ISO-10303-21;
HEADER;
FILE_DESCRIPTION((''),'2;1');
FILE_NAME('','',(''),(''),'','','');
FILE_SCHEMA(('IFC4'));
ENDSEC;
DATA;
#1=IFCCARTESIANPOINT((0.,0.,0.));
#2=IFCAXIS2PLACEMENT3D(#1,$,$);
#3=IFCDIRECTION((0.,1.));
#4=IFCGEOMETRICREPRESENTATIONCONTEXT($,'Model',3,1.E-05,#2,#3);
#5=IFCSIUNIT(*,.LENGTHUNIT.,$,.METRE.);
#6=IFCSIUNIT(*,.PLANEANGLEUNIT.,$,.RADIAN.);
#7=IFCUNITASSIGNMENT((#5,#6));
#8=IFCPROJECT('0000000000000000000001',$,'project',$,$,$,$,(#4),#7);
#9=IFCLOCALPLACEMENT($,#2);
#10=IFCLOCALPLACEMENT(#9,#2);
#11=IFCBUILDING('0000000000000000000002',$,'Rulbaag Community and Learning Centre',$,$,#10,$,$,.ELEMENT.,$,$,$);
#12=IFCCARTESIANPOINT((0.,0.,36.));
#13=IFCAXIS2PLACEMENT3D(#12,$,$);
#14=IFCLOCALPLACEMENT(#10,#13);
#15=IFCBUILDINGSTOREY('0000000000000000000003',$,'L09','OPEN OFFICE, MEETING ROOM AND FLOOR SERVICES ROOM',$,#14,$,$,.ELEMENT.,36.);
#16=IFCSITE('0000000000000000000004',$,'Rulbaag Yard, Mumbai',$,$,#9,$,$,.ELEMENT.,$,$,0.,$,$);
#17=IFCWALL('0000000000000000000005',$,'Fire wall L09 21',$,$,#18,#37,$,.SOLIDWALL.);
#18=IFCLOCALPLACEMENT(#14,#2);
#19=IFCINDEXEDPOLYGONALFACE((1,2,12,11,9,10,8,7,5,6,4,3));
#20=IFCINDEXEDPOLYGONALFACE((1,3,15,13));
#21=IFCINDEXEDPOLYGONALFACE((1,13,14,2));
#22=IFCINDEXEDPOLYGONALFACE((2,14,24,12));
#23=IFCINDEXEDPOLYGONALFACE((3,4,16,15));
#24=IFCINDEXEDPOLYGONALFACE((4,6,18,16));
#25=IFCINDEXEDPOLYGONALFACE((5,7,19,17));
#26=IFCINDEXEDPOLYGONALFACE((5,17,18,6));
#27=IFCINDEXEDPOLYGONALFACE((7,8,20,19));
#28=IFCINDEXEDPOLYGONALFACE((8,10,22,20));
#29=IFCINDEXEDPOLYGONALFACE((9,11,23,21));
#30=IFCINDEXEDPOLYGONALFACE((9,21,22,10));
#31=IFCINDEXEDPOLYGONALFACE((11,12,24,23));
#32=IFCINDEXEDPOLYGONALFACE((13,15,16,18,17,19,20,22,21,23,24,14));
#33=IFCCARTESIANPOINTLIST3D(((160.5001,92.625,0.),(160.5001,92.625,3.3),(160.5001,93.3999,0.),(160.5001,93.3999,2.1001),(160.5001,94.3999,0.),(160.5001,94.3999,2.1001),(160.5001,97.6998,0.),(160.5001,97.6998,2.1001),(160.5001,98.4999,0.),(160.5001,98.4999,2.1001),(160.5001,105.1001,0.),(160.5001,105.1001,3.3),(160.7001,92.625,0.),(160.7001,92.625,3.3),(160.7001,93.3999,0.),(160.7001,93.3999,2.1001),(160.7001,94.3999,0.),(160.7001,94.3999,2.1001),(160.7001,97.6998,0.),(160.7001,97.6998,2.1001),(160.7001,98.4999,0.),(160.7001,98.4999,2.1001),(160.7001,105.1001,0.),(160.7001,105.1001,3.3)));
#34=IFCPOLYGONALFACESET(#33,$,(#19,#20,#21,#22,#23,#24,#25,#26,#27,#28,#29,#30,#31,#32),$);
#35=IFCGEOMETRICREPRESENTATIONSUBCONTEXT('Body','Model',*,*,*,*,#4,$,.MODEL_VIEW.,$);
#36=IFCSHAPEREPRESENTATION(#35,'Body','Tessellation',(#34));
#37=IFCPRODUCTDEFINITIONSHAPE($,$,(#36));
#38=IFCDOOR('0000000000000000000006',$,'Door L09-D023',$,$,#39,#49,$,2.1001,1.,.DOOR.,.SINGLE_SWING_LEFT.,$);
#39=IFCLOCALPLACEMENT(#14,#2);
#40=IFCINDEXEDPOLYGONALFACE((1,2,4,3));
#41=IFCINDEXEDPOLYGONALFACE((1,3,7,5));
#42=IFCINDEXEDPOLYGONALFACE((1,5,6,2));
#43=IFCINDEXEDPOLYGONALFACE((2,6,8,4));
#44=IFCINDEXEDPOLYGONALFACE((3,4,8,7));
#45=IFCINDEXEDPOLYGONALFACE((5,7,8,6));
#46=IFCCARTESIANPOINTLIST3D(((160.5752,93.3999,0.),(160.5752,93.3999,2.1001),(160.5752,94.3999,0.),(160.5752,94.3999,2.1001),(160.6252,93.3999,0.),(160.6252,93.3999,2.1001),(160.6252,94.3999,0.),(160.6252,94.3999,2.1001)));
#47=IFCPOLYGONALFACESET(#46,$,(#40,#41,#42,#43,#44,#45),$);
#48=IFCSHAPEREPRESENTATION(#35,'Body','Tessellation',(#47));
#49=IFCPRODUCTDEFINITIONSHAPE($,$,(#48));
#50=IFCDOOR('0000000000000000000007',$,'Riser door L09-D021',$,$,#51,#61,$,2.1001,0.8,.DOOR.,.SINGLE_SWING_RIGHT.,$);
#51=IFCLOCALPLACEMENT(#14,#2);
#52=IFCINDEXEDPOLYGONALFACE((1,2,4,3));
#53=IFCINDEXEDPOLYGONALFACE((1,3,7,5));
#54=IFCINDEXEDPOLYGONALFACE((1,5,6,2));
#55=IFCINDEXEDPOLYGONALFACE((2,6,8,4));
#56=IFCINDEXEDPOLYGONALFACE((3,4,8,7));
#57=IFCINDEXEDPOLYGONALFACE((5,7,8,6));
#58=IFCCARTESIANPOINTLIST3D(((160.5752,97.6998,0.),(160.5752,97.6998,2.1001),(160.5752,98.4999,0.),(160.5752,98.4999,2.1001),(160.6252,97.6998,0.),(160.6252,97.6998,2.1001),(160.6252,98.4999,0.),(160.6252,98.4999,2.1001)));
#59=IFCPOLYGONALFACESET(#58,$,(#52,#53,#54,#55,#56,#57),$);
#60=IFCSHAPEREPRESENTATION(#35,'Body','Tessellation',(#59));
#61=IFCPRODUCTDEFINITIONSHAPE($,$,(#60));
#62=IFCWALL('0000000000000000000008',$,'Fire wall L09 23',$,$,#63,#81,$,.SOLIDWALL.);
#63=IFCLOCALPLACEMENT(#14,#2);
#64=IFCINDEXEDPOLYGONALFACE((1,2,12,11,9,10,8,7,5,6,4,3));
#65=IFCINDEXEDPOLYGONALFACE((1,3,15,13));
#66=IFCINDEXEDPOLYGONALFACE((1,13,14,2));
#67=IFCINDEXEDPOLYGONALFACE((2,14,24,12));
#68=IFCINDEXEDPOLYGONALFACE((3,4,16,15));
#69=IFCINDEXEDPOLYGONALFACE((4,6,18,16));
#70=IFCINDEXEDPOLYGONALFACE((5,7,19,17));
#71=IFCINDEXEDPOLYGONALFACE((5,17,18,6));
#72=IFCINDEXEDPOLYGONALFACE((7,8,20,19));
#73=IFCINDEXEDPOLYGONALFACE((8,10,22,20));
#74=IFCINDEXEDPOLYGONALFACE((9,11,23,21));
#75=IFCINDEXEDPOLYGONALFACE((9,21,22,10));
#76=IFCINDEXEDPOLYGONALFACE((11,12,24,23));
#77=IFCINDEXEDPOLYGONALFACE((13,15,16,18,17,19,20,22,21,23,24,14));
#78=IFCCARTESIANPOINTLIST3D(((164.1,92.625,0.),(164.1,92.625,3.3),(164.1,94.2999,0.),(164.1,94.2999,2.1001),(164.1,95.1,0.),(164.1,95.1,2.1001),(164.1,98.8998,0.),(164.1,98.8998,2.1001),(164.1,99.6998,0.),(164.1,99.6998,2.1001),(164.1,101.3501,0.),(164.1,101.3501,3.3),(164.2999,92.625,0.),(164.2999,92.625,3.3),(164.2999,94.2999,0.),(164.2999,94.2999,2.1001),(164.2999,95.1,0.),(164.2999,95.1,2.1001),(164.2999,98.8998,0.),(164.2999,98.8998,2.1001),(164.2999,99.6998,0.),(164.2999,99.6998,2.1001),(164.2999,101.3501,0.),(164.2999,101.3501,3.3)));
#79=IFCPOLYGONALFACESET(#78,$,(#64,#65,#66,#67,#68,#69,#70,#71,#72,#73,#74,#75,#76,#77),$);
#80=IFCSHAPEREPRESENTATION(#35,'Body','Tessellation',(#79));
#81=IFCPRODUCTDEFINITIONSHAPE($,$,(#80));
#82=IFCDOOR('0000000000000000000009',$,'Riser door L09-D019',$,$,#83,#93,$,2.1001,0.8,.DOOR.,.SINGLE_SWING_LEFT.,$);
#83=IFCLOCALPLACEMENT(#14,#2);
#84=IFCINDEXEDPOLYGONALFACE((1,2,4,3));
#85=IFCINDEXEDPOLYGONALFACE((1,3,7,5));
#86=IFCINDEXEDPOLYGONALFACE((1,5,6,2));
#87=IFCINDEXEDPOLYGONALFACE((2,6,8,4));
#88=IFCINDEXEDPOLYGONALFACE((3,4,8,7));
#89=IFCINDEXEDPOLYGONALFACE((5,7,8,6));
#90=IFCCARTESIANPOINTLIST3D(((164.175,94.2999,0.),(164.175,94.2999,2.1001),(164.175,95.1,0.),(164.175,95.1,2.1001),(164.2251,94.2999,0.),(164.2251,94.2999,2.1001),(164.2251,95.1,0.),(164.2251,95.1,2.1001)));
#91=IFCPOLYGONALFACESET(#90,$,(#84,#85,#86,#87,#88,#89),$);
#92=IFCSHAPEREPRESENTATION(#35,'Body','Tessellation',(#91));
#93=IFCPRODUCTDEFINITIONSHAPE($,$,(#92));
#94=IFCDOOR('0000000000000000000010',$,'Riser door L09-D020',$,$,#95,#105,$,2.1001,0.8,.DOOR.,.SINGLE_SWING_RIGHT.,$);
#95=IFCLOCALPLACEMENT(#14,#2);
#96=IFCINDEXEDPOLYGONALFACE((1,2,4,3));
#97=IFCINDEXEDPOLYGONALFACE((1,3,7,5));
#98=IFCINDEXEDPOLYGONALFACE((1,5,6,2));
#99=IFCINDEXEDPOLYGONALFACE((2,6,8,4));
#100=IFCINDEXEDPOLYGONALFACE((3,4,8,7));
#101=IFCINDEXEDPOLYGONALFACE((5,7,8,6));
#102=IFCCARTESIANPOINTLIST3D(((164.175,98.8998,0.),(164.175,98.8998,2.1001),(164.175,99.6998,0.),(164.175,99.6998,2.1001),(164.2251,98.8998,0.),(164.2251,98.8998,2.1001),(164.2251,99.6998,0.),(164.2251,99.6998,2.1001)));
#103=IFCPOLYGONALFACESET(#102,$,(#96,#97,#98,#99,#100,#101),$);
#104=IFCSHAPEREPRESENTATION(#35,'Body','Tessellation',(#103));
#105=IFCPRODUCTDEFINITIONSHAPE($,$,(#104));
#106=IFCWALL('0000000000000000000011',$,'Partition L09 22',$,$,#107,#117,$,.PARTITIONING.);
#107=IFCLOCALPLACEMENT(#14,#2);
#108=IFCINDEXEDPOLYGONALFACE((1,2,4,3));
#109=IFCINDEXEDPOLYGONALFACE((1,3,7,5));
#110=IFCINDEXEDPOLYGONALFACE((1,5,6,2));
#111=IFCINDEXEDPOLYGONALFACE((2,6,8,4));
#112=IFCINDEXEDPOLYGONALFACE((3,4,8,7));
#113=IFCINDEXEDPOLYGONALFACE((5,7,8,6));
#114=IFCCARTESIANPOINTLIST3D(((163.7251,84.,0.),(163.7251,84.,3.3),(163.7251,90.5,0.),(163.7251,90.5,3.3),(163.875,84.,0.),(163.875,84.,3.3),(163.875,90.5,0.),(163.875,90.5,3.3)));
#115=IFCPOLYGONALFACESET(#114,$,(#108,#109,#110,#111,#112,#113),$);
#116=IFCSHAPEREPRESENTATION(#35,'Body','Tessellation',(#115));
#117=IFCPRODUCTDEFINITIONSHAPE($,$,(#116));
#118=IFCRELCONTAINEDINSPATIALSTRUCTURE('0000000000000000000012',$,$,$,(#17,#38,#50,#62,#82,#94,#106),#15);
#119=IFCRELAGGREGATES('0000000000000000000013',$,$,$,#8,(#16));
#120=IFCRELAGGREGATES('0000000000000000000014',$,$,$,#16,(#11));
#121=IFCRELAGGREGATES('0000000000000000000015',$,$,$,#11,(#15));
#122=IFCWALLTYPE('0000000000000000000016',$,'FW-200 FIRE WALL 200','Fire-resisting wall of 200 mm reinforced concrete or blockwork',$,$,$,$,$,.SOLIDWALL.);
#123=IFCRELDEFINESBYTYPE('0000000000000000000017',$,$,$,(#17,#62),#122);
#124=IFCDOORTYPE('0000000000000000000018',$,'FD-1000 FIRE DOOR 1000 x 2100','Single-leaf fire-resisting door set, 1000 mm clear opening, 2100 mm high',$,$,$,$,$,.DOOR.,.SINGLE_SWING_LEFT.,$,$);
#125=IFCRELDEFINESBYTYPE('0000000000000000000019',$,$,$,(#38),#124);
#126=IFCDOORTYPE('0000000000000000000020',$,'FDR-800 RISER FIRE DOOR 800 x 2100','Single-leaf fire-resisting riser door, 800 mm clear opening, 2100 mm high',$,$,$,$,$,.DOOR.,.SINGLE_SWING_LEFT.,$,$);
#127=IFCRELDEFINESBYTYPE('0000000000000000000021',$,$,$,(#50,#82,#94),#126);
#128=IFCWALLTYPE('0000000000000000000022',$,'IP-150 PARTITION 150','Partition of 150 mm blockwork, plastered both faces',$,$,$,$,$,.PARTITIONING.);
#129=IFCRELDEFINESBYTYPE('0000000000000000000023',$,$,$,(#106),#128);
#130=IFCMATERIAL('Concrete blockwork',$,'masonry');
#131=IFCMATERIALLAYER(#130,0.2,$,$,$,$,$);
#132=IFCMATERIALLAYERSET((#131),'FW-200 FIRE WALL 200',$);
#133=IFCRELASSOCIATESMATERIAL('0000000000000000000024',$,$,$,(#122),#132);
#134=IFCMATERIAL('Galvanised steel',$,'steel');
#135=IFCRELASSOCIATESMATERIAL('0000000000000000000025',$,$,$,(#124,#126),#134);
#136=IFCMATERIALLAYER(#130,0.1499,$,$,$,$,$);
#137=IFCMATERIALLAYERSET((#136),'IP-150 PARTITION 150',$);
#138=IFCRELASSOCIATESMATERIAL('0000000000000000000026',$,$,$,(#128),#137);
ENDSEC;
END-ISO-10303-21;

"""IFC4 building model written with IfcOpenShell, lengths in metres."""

from ifc_helpers import new_model, si_unit, direction, frame, frame_2d, origin, place, context, subcontext, project, spatial, rectangle, extrude, material, layer, layer_set, type_object, element, fill, save


model = new_model("IFC4")

# Units and contexts
model_context = context("Model", 3, precision=1e-05, world=origin(), true_north=direction((0.0, 1.0)))
body_context = subcontext(model_context, "Body", "Model", "MODEL_VIEW")
ifc_project = project(units=[si_unit("LENGTHUNIT", "METRE"), si_unit("PLANEANGLEUNIT", "RADIAN")], contexts=[model_context])

# Site, building, storey
site_placement = place(None, origin())
site = spatial("IfcSite", under=ifc_project, at=site_placement, Name="Rulbaag Yard, Mumbai", CompositionType="ELEMENT", RefElevation=0.0)
building_placement = place(site_placement, origin())
building = spatial("IfcBuilding", under=site, at=building_placement, Name="Rulbaag Community and Learning Centre", CompositionType="ELEMENT")
storey_placement = place(building_placement, frame((0.0, 0.0, 36.0)))
storey = spatial("IfcBuildingStorey", under=building, at=storey_placement, Name="L09", Description="OPEN OFFICE, MEETING ROOM AND FLOOR SERVICES ROOM", CompositionType="ELEMENT", Elevation=36.0)

# Walls, openings, doors
ifc_material_1 = material(Name="Concrete blockwork", Category="masonry")
ifc_layer_1 = layer(ifc_material_1, 0.2)
ifc_layer_set_1 = layer_set([ifc_layer_1], Name="FW-200 FIRE WALL 200")
wall_type_1 = type_object("IfcWallType", Name="FW-200 FIRE WALL 200", Description="Fire-resisting wall of 200 mm reinforced concrete or blockwork", PredefinedType="SOLIDWALL", material=ifc_layer_set_1)
wall_1_placement = place(storey_placement, frame((160.6001, 92.625, 0.0), z_axis=(0.0, 0.0, 1.0), x_axis=(0.0, 1.0, 0.0)))
wall_1 = element("IfcWall", 1, at=wall_1_placement, inside=storey, type_object=wall_type_1, Name="Fire wall L09 21", PredefinedType="SOLIDWALL", context=body_context, shape_type="SweptSolid", body=[
    extrude(rectangle(XDim=12.4751, YDim=0.2, at=frame_2d((6.2375, 0.0))), origin(), (0.0, 0.0, 1.0), 3.3),
])
opening_1_placement = place(wall_1_placement, frame((5.075, 0.0, 0.0)))
opening_1 = element("IfcOpeningElement", 2, at=opening_1_placement, cuts=wall_1, PredefinedType="OPENING", context=body_context, shape_type="SweptSolid", body=[
    extrude(rectangle(XDim=0.8, YDim=2.1001, at=frame_2d((0.3999, 1.05))), frame((0.0, 0.1099, 0.0), z_axis=(0.0, -1.0, 0.0), x_axis=(1.0, 0.0, 0.0)), (0.0, 0.0, 1.0), 0.22),
])
opening_2_placement = place(wall_1_placement, frame((0.7749, 0.0, 0.0)))
opening_2 = element("IfcOpeningElement", 3, at=opening_2_placement, cuts=wall_1, PredefinedType="OPENING", context=body_context, shape_type="SweptSolid", body=[
    extrude(rectangle(XDim=1.0, YDim=2.1001, at=frame_2d((0.5, 1.05))), frame((0.0, 0.1099, 0.0), z_axis=(0.0, -1.0, 0.0), x_axis=(1.0, 0.0, 0.0)), (0.0, 0.0, 1.0), 0.22),
])
ifc_material_2 = material(Name="Galvanised steel", Category="steel")
door_type_1 = type_object("IfcDoorType", Name="FD-1000 FIRE DOOR 1000 x 2100", Description="Single-leaf fire-resisting door set, 1000 mm clear opening, 2100 mm high", OperationType="SINGLE_SWING_LEFT", PredefinedType="DOOR", material=ifc_material_2)
door_1_placement = place(opening_2_placement, origin())
door_1 = element("IfcDoor", 4, at=door_1_placement, inside=storey, type_object=door_type_1, Name="Door L09-D023", OperationType="SINGLE_SWING_LEFT", OverallHeight=2.1001, OverallWidth=1.0, PredefinedType="DOOR", context=body_context, shape_type="SweptSolid", body=[
    extrude(rectangle(XDim=1.0, YDim=2.1001, at=frame_2d((0.5, 1.05))), frame((0.0, 0.0249, 0.0), z_axis=(0.0, -1.0, 0.0), x_axis=(1.0, 0.0, 0.0)), (0.0, 0.0, 1.0), 0.05),
])
fill(opening_2, door_1)
door_type_2 = type_object("IfcDoorType", Name="FDR-800 RISER FIRE DOOR 800 x 2100", Description="Single-leaf fire-resisting riser door, 800 mm clear opening, 2100 mm high", OperationType="SINGLE_SWING_LEFT", PredefinedType="DOOR", material=ifc_material_2)
door_2_placement = place(opening_1_placement, origin())
door_2 = element("IfcDoor", 5, at=door_2_placement, inside=storey, type_object=door_type_2, Name="Riser door L09-D021", OperationType="SINGLE_SWING_RIGHT", OverallHeight=2.1001, OverallWidth=0.8, PredefinedType="DOOR", context=body_context, shape_type="SweptSolid", body=[
    extrude(rectangle(XDim=0.8, YDim=2.1001, at=frame_2d((0.3999, 1.05))), frame((0.0, 0.0249, 0.0), z_axis=(0.0, -1.0, 0.0), x_axis=(1.0, 0.0, 0.0)), (0.0, 0.0, 1.0), 0.05),
])
fill(opening_1, door_2)
wall_2_placement = place(storey_placement, frame((164.2, 92.625, 0.0), z_axis=(0.0, 0.0, 1.0), x_axis=(0.0, 1.0, 0.0)))
wall_2 = element("IfcWall", 6, at=wall_2_placement, inside=storey, type_object=wall_type_1, Name="Fire wall L09 23", PredefinedType="SOLIDWALL", context=body_context, shape_type="SweptSolid", body=[
    extrude(rectangle(XDim=8.7251, YDim=0.2, at=frame_2d((4.3625, 0.0))), origin(), (0.0, 0.0, 1.0), 3.3),
])
opening_3_placement = place(wall_2_placement, frame((1.675, 0.0, 0.0)))
opening_3 = element("IfcOpeningElement", 7, at=opening_3_placement, cuts=wall_2, PredefinedType="OPENING", context=body_context, shape_type="SweptSolid", body=[
    extrude(rectangle(XDim=0.8, YDim=2.1001, at=frame_2d((0.3999, 1.05))), frame((0.0, 0.1099, 0.0), z_axis=(0.0, -1.0, 0.0), x_axis=(1.0, 0.0, 0.0)), (0.0, 0.0, 1.0), 0.22),
])
opening_4_placement = place(wall_2_placement, frame((6.2749, 0.0, 0.0)))
opening_4 = element("IfcOpeningElement", 8, at=opening_4_placement, cuts=wall_2, PredefinedType="OPENING", context=body_context, shape_type="SweptSolid", body=[
    extrude(rectangle(XDim=0.8, YDim=2.1001, at=frame_2d((0.3999, 1.05))), frame((0.0, 0.1099, 0.0), z_axis=(0.0, -1.0, 0.0), x_axis=(1.0, 0.0, 0.0)), (0.0, 0.0, 1.0), 0.22),
])
door_3_placement = place(opening_3_placement, origin())
door_3 = element("IfcDoor", 9, at=door_3_placement, inside=storey, type_object=door_type_2, Name="Riser door L09-D019", OperationType="SINGLE_SWING_LEFT", OverallHeight=2.1001, OverallWidth=0.8, PredefinedType="DOOR", context=body_context, shape_type="SweptSolid", body=[
    extrude(rectangle(XDim=0.8, YDim=2.1001, at=frame_2d((0.3999, 1.05))), frame((0.0, 0.0249, 0.0), z_axis=(0.0, -1.0, 0.0), x_axis=(1.0, 0.0, 0.0)), (0.0, 0.0, 1.0), 0.05),
])
fill(opening_3, door_3)
door_4_placement = place(opening_4_placement, origin())
door_4 = element("IfcDoor", 10, at=door_4_placement, inside=storey, type_object=door_type_2, Name="Riser door L09-D020", OperationType="SINGLE_SWING_RIGHT", OverallHeight=2.1001, OverallWidth=0.8, PredefinedType="DOOR", context=body_context, shape_type="SweptSolid", body=[
    extrude(rectangle(XDim=0.8, YDim=2.1001, at=frame_2d((0.3999, 1.05))), frame((0.0, 0.0249, 0.0), z_axis=(0.0, -1.0, 0.0), x_axis=(1.0, 0.0, 0.0)), (0.0, 0.0, 1.0), 0.05),
])
fill(opening_4, door_4)

# Wall
ifc_layer_2 = layer(ifc_material_1, 0.1499)
ifc_layer_set_2 = layer_set([ifc_layer_2], Name="IP-150 PARTITION 150")
wall_type_2 = type_object("IfcWallType", Name="IP-150 PARTITION 150", Description="Partition of 150 mm blockwork, plastered both faces", PredefinedType="PARTITIONING", material=ifc_layer_set_2)
wall_3_placement = place(storey_placement, frame((163.8, 84.0, 0.0), z_axis=(0.0, 0.0, 1.0), x_axis=(0.0, 1.0, 0.0)))
element("IfcWall", 11, at=wall_3_placement, inside=storey, type_object=wall_type_2, Name="Partition L09 22", PredefinedType="PARTITIONING", context=body_context, shape_type="SweptSolid", body=[
    extrude(rectangle(XDim=6.5, YDim=0.1499, at=frame_2d((3.25, 0.0))), origin(), (0.0, 0.0, 1.0), 3.3),
])

save(model, "model.ifc")
